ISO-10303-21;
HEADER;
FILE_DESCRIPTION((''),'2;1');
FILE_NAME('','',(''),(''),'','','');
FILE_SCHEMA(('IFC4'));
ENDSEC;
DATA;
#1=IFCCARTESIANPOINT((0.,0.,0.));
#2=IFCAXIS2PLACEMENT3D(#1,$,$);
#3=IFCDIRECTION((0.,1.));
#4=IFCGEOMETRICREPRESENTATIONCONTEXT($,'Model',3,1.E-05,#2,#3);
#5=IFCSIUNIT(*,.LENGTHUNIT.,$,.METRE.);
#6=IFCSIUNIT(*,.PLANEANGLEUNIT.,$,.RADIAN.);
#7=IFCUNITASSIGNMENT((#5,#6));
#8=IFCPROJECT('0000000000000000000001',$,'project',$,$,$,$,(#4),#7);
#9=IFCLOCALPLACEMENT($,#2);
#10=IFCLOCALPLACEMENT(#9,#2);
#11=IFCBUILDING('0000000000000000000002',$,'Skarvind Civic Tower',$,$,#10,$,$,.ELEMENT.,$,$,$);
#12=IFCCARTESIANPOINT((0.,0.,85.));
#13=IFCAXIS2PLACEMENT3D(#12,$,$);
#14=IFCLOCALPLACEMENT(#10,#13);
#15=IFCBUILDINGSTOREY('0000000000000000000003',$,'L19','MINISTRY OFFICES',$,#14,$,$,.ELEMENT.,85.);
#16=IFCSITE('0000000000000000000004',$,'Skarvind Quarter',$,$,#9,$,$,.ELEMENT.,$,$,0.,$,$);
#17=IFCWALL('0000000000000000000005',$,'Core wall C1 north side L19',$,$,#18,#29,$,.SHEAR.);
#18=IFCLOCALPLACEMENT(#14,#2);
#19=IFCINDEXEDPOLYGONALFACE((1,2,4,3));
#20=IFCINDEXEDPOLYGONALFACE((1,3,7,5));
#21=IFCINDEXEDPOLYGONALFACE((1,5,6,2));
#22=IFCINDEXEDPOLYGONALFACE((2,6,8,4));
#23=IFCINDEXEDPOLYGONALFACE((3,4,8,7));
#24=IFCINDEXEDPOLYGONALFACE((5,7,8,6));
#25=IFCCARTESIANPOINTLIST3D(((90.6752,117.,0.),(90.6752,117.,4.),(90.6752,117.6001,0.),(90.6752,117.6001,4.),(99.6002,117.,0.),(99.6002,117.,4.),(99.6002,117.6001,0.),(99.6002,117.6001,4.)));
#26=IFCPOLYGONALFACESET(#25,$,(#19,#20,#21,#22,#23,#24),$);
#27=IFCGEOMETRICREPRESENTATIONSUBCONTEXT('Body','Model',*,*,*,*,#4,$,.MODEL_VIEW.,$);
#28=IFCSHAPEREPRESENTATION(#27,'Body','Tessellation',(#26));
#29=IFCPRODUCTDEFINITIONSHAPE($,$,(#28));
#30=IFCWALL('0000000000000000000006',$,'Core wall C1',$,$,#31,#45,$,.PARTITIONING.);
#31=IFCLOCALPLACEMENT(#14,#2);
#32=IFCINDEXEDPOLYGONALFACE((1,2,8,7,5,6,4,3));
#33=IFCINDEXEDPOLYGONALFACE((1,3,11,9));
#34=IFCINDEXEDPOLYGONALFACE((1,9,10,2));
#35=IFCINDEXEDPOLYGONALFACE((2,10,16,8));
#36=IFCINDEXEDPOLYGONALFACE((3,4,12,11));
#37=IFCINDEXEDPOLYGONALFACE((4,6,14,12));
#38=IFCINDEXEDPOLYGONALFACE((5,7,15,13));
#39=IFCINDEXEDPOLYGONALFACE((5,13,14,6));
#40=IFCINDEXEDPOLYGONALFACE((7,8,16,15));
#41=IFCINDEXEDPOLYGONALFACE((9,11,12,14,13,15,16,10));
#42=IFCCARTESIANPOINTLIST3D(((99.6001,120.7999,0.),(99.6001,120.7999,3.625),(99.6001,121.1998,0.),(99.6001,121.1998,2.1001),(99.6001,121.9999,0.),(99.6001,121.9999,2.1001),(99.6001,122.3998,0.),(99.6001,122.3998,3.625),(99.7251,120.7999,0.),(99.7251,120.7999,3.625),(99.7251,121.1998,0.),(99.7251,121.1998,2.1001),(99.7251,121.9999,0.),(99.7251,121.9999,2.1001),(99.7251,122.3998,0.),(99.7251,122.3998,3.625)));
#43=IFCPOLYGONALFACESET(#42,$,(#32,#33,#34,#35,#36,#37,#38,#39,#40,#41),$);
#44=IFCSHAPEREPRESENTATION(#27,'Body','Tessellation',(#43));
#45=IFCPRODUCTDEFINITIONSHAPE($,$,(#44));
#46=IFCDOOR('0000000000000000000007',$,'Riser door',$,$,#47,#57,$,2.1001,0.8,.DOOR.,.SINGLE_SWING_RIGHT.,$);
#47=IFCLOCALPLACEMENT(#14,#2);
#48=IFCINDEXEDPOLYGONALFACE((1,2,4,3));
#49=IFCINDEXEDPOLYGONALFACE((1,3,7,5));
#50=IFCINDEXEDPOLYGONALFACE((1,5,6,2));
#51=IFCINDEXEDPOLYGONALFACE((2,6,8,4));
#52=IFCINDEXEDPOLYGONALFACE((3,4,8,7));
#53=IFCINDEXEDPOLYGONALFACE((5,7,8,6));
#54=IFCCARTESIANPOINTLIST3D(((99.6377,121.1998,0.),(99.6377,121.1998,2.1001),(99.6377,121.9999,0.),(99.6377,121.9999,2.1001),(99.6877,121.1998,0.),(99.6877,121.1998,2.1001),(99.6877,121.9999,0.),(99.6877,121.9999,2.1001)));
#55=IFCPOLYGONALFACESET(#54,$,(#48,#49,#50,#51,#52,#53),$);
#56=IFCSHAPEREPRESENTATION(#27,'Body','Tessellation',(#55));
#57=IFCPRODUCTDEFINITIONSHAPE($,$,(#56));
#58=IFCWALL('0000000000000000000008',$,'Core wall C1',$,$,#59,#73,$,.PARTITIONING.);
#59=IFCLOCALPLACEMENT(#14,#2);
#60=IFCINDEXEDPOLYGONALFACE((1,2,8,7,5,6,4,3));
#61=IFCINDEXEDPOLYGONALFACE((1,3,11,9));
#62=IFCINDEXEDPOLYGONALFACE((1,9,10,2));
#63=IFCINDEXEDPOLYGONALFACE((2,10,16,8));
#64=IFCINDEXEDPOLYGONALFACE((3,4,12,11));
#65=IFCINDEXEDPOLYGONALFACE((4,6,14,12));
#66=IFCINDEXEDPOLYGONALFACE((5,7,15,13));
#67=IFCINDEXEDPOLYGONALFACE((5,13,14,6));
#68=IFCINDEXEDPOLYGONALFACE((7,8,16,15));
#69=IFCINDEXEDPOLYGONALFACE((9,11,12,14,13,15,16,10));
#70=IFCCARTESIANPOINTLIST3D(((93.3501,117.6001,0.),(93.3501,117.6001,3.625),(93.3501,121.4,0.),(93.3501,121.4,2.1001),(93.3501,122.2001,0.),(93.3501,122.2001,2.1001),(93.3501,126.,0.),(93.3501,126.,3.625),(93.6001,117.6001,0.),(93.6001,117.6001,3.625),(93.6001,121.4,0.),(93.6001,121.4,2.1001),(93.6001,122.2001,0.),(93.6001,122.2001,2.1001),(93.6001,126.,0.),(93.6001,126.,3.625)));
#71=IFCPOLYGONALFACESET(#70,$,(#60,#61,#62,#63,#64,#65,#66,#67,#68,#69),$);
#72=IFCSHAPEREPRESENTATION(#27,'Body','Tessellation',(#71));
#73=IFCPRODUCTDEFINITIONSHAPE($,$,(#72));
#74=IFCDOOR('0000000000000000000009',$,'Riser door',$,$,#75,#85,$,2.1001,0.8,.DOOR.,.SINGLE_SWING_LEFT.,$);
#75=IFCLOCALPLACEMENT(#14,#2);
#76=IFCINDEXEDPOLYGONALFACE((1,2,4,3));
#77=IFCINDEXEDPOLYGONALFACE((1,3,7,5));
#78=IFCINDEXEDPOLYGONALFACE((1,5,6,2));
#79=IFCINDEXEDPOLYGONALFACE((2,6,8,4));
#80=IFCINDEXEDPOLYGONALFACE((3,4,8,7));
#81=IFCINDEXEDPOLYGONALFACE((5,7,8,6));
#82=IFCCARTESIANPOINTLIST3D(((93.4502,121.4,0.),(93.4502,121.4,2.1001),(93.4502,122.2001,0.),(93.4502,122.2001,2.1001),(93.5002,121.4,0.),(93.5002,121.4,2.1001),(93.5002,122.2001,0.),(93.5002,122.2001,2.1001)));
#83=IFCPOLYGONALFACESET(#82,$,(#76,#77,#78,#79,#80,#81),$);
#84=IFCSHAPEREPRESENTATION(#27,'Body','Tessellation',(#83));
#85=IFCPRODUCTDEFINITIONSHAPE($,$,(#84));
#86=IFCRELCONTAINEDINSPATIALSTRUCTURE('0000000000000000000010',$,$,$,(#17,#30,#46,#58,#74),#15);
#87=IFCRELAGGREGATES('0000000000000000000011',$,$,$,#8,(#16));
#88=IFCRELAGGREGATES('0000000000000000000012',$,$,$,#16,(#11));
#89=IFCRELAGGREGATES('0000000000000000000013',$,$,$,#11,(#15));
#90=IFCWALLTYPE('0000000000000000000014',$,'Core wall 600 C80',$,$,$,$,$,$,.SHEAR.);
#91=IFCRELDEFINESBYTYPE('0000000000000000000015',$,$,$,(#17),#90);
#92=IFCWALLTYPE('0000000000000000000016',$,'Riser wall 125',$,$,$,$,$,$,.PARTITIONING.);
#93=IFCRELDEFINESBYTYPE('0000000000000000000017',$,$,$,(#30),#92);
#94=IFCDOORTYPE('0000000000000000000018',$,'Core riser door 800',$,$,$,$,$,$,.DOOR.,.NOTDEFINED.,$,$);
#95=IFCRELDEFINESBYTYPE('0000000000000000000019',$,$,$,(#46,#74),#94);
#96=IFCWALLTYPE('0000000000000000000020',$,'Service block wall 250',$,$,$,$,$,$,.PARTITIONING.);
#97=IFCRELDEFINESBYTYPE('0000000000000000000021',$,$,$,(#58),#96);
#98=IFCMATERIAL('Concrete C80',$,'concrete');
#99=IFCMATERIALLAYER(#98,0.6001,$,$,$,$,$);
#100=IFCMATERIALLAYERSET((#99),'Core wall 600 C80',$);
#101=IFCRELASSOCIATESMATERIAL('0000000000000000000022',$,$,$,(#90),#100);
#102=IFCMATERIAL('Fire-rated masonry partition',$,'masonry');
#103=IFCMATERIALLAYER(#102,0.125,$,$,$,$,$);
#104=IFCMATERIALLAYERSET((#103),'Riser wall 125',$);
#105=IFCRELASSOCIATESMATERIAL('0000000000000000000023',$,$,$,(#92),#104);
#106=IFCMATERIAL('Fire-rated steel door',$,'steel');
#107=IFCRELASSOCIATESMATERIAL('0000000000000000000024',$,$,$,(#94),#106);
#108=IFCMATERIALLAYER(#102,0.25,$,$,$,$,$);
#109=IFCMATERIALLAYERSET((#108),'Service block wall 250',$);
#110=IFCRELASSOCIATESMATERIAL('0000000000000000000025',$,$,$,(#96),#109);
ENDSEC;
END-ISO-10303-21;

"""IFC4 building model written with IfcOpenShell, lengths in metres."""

from ifc_helpers import new_model, si_unit, direction, frame, frame_2d, origin, place, context, subcontext, project, spatial, rectangle, extrude, material, layer, layer_set, type_object, element, fill, save


model = new_model("IFC4")

# Units and contexts
model_context = context("Model", 3, precision=1e-05, world=origin(), true_north=direction((0.0, 1.0)))
body_context = subcontext(model_context, "Body", "Model", "MODEL_VIEW")
ifc_project = project(units=[si_unit("LENGTHUNIT", "METRE"), si_unit("PLANEANGLEUNIT", "RADIAN")], contexts=[model_context])

# Site, building, storey
site_placement = place(None, origin())
site = spatial("IfcSite", under=ifc_project, at=site_placement, Name="Skarvind Quarter", CompositionType="ELEMENT", RefElevation=0.0)
building_placement = place(site_placement, origin())
building = spatial("IfcBuilding", under=site, at=building_placement, Name="Skarvind Civic Tower", CompositionType="ELEMENT")
storey_placement = place(building_placement, frame((0.0, 0.0, 85.0)))
storey = spatial("IfcBuildingStorey", under=building, at=storey_placement, Name="L19", Description="MINISTRY OFFICES", CompositionType="ELEMENT", Elevation=85.0)

# Shared definitions
ifc_material_1 = material(Name="Fire-rated masonry partition", Category="masonry")
ifc_material_2 = material(Name="Fire-rated steel door", Category="steel")

# Wall
ifc_material_3 = material(Name="Concrete C80", Category="concrete")
ifc_layer_1 = layer(ifc_material_3, 0.6001)
ifc_layer_set_1 = layer_set([ifc_layer_1], Name="Core wall 600 C80")
wall_type_1 = type_object("IfcWallType", Name="Core wall 600 C80", PredefinedType="SHEAR", material=ifc_layer_set_1)
wall_1_placement = place(storey_placement, frame((99.6001, 117.3, 0.0), z_axis=(0.0, 0.0, 1.0), x_axis=(-1.0, 0.0, 0.0)))
element("IfcWall", 1, at=wall_1_placement, inside=storey, type_object=wall_type_1, Name="Core wall C1 north side L19", PredefinedType="SHEAR", context=body_context, shape_type="SweptSolid", body=[
    extrude(rectangle(XDim=8.925, YDim=0.6001, at=frame_2d((4.4624, 0.0))), origin(), (0.0, 0.0, 1.0), 4.0),
])

# Walls, openings, doors
ifc_layer_2 = layer(ifc_material_1, 0.125)
ifc_layer_set_2 = layer_set([ifc_layer_2], Name="Riser wall 125")
wall_type_2 = type_object("IfcWallType", Name="Riser wall 125", PredefinedType="PARTITIONING", material=ifc_layer_set_2)
wall_2_placement = place(storey_placement, frame((99.6626, 120.8, 0.0), z_axis=(0.0, 0.0, 1.0), x_axis=(0.0, 1.0, 0.0)))
wall_2 = element("IfcWall", 2, at=wall_2_placement, inside=storey, type_object=wall_type_2, Name="Core wall C1", PredefinedType="PARTITIONING", context=body_context, shape_type="SweptSolid", body=[
    extrude(rectangle(XDim=1.5999, YDim=0.125, at=frame_2d((0.7998, 0.0))), origin(), (0.0, 0.0, 1.0), 3.625),
])
opening_1_placement = place(wall_2_placement, frame((0.3999, 0.0, 0.0)))
opening_1 = element("IfcOpeningElement", 3, at=opening_1_placement, cuts=wall_2, PredefinedType="OPENING", context=body_context, shape_type="SweptSolid", body=[
    extrude(rectangle(XDim=0.8, YDim=2.1001, at=frame_2d((0.3999, 1.05))), frame((0.0, 0.0725, 0.0), z_axis=(0.0, -1.0, 0.0), x_axis=(1.0, 0.0, 0.0)), (0.0, 0.0, 1.0), 0.145),
])
door_type_1 = type_object("IfcDoorType", Name="Core riser door 800", OperationType="NOTDEFINED", PredefinedType="DOOR", material=ifc_material_2)
door_1_placement = place(opening_1_placement, origin())
door_1 = element("IfcDoor", 4, at=door_1_placement, inside=storey, type_object=door_type_1, Name="Riser door", OperationType="SINGLE_SWING_RIGHT", OverallHeight=2.1001, OverallWidth=0.8, PredefinedType="DOOR", context=body_context, shape_type="SweptSolid", body=[
    extrude(rectangle(XDim=0.8, YDim=2.1001, at=frame_2d((0.3999, 1.05))), frame((0.0, 0.0249, 0.0), z_axis=(0.0, -1.0, 0.0), x_axis=(1.0, 0.0, 0.0)), (0.0, 0.0, 1.0), 0.05),
])
fill(opening_1, door_1)
ifc_layer_3 = layer(ifc_material_1, 0.25)
ifc_layer_set_3 = layer_set([ifc_layer_3], Name="Service block wall 250")
wall_type_3 = type_object("IfcWallType", Name="Service block wall 250", PredefinedType="PARTITIONING", material=ifc_layer_set_3)
wall_3_placement = place(storey_placement, frame((93.4751, 117.6001, 0.0), z_axis=(0.0, 0.0, 1.0), x_axis=(0.0, 1.0, 0.0)))
wall_3 = element("IfcWall", 5, at=wall_3_placement, inside=storey, type_object=wall_type_3, Name="Core wall C1", PredefinedType="PARTITIONING", context=body_context, shape_type="SweptSolid", body=[
    extrude(rectangle(XDim=8.3999, YDim=0.25, at=frame_2d((4.2, 0.0))), origin(), (0.0, 0.0, 1.0), 3.625),
])
opening_2_placement = place(wall_3_placement, frame((3.8, 0.0, 0.0)))
opening_2 = element("IfcOpeningElement", 6, at=opening_2_placement, cuts=wall_3, PredefinedType="OPENING", context=body_context, shape_type="SweptSolid", body=[
    extrude(rectangle(XDim=0.8, YDim=2.1001, at=frame_2d((0.3999, 1.05))), frame((0.0, 0.135, 0.0), z_axis=(0.0, -1.0, 0.0), x_axis=(1.0, 0.0, 0.0)), (0.0, 0.0, 1.0), 0.27),
])
door_2_placement = place(opening_2_placement, origin())
door_2 = element("IfcDoor", 7, at=door_2_placement, inside=storey, type_object=door_type_1, Name="Riser door", OperationType="SINGLE_SWING_LEFT", OverallHeight=2.1001, OverallWidth=0.8, PredefinedType="DOOR", context=body_context, shape_type="SweptSolid", body=[
    extrude(rectangle(XDim=0.8, YDim=2.1001, at=frame_2d((0.3999, 1.05))), frame((0.0, 0.0249, 0.0), z_axis=(0.0, -1.0, 0.0), x_axis=(1.0, 0.0, 0.0)), (0.0, 0.0, 1.0), 0.05),
])
fill(opening_2, door_2)

save(model, "model.ifc")
